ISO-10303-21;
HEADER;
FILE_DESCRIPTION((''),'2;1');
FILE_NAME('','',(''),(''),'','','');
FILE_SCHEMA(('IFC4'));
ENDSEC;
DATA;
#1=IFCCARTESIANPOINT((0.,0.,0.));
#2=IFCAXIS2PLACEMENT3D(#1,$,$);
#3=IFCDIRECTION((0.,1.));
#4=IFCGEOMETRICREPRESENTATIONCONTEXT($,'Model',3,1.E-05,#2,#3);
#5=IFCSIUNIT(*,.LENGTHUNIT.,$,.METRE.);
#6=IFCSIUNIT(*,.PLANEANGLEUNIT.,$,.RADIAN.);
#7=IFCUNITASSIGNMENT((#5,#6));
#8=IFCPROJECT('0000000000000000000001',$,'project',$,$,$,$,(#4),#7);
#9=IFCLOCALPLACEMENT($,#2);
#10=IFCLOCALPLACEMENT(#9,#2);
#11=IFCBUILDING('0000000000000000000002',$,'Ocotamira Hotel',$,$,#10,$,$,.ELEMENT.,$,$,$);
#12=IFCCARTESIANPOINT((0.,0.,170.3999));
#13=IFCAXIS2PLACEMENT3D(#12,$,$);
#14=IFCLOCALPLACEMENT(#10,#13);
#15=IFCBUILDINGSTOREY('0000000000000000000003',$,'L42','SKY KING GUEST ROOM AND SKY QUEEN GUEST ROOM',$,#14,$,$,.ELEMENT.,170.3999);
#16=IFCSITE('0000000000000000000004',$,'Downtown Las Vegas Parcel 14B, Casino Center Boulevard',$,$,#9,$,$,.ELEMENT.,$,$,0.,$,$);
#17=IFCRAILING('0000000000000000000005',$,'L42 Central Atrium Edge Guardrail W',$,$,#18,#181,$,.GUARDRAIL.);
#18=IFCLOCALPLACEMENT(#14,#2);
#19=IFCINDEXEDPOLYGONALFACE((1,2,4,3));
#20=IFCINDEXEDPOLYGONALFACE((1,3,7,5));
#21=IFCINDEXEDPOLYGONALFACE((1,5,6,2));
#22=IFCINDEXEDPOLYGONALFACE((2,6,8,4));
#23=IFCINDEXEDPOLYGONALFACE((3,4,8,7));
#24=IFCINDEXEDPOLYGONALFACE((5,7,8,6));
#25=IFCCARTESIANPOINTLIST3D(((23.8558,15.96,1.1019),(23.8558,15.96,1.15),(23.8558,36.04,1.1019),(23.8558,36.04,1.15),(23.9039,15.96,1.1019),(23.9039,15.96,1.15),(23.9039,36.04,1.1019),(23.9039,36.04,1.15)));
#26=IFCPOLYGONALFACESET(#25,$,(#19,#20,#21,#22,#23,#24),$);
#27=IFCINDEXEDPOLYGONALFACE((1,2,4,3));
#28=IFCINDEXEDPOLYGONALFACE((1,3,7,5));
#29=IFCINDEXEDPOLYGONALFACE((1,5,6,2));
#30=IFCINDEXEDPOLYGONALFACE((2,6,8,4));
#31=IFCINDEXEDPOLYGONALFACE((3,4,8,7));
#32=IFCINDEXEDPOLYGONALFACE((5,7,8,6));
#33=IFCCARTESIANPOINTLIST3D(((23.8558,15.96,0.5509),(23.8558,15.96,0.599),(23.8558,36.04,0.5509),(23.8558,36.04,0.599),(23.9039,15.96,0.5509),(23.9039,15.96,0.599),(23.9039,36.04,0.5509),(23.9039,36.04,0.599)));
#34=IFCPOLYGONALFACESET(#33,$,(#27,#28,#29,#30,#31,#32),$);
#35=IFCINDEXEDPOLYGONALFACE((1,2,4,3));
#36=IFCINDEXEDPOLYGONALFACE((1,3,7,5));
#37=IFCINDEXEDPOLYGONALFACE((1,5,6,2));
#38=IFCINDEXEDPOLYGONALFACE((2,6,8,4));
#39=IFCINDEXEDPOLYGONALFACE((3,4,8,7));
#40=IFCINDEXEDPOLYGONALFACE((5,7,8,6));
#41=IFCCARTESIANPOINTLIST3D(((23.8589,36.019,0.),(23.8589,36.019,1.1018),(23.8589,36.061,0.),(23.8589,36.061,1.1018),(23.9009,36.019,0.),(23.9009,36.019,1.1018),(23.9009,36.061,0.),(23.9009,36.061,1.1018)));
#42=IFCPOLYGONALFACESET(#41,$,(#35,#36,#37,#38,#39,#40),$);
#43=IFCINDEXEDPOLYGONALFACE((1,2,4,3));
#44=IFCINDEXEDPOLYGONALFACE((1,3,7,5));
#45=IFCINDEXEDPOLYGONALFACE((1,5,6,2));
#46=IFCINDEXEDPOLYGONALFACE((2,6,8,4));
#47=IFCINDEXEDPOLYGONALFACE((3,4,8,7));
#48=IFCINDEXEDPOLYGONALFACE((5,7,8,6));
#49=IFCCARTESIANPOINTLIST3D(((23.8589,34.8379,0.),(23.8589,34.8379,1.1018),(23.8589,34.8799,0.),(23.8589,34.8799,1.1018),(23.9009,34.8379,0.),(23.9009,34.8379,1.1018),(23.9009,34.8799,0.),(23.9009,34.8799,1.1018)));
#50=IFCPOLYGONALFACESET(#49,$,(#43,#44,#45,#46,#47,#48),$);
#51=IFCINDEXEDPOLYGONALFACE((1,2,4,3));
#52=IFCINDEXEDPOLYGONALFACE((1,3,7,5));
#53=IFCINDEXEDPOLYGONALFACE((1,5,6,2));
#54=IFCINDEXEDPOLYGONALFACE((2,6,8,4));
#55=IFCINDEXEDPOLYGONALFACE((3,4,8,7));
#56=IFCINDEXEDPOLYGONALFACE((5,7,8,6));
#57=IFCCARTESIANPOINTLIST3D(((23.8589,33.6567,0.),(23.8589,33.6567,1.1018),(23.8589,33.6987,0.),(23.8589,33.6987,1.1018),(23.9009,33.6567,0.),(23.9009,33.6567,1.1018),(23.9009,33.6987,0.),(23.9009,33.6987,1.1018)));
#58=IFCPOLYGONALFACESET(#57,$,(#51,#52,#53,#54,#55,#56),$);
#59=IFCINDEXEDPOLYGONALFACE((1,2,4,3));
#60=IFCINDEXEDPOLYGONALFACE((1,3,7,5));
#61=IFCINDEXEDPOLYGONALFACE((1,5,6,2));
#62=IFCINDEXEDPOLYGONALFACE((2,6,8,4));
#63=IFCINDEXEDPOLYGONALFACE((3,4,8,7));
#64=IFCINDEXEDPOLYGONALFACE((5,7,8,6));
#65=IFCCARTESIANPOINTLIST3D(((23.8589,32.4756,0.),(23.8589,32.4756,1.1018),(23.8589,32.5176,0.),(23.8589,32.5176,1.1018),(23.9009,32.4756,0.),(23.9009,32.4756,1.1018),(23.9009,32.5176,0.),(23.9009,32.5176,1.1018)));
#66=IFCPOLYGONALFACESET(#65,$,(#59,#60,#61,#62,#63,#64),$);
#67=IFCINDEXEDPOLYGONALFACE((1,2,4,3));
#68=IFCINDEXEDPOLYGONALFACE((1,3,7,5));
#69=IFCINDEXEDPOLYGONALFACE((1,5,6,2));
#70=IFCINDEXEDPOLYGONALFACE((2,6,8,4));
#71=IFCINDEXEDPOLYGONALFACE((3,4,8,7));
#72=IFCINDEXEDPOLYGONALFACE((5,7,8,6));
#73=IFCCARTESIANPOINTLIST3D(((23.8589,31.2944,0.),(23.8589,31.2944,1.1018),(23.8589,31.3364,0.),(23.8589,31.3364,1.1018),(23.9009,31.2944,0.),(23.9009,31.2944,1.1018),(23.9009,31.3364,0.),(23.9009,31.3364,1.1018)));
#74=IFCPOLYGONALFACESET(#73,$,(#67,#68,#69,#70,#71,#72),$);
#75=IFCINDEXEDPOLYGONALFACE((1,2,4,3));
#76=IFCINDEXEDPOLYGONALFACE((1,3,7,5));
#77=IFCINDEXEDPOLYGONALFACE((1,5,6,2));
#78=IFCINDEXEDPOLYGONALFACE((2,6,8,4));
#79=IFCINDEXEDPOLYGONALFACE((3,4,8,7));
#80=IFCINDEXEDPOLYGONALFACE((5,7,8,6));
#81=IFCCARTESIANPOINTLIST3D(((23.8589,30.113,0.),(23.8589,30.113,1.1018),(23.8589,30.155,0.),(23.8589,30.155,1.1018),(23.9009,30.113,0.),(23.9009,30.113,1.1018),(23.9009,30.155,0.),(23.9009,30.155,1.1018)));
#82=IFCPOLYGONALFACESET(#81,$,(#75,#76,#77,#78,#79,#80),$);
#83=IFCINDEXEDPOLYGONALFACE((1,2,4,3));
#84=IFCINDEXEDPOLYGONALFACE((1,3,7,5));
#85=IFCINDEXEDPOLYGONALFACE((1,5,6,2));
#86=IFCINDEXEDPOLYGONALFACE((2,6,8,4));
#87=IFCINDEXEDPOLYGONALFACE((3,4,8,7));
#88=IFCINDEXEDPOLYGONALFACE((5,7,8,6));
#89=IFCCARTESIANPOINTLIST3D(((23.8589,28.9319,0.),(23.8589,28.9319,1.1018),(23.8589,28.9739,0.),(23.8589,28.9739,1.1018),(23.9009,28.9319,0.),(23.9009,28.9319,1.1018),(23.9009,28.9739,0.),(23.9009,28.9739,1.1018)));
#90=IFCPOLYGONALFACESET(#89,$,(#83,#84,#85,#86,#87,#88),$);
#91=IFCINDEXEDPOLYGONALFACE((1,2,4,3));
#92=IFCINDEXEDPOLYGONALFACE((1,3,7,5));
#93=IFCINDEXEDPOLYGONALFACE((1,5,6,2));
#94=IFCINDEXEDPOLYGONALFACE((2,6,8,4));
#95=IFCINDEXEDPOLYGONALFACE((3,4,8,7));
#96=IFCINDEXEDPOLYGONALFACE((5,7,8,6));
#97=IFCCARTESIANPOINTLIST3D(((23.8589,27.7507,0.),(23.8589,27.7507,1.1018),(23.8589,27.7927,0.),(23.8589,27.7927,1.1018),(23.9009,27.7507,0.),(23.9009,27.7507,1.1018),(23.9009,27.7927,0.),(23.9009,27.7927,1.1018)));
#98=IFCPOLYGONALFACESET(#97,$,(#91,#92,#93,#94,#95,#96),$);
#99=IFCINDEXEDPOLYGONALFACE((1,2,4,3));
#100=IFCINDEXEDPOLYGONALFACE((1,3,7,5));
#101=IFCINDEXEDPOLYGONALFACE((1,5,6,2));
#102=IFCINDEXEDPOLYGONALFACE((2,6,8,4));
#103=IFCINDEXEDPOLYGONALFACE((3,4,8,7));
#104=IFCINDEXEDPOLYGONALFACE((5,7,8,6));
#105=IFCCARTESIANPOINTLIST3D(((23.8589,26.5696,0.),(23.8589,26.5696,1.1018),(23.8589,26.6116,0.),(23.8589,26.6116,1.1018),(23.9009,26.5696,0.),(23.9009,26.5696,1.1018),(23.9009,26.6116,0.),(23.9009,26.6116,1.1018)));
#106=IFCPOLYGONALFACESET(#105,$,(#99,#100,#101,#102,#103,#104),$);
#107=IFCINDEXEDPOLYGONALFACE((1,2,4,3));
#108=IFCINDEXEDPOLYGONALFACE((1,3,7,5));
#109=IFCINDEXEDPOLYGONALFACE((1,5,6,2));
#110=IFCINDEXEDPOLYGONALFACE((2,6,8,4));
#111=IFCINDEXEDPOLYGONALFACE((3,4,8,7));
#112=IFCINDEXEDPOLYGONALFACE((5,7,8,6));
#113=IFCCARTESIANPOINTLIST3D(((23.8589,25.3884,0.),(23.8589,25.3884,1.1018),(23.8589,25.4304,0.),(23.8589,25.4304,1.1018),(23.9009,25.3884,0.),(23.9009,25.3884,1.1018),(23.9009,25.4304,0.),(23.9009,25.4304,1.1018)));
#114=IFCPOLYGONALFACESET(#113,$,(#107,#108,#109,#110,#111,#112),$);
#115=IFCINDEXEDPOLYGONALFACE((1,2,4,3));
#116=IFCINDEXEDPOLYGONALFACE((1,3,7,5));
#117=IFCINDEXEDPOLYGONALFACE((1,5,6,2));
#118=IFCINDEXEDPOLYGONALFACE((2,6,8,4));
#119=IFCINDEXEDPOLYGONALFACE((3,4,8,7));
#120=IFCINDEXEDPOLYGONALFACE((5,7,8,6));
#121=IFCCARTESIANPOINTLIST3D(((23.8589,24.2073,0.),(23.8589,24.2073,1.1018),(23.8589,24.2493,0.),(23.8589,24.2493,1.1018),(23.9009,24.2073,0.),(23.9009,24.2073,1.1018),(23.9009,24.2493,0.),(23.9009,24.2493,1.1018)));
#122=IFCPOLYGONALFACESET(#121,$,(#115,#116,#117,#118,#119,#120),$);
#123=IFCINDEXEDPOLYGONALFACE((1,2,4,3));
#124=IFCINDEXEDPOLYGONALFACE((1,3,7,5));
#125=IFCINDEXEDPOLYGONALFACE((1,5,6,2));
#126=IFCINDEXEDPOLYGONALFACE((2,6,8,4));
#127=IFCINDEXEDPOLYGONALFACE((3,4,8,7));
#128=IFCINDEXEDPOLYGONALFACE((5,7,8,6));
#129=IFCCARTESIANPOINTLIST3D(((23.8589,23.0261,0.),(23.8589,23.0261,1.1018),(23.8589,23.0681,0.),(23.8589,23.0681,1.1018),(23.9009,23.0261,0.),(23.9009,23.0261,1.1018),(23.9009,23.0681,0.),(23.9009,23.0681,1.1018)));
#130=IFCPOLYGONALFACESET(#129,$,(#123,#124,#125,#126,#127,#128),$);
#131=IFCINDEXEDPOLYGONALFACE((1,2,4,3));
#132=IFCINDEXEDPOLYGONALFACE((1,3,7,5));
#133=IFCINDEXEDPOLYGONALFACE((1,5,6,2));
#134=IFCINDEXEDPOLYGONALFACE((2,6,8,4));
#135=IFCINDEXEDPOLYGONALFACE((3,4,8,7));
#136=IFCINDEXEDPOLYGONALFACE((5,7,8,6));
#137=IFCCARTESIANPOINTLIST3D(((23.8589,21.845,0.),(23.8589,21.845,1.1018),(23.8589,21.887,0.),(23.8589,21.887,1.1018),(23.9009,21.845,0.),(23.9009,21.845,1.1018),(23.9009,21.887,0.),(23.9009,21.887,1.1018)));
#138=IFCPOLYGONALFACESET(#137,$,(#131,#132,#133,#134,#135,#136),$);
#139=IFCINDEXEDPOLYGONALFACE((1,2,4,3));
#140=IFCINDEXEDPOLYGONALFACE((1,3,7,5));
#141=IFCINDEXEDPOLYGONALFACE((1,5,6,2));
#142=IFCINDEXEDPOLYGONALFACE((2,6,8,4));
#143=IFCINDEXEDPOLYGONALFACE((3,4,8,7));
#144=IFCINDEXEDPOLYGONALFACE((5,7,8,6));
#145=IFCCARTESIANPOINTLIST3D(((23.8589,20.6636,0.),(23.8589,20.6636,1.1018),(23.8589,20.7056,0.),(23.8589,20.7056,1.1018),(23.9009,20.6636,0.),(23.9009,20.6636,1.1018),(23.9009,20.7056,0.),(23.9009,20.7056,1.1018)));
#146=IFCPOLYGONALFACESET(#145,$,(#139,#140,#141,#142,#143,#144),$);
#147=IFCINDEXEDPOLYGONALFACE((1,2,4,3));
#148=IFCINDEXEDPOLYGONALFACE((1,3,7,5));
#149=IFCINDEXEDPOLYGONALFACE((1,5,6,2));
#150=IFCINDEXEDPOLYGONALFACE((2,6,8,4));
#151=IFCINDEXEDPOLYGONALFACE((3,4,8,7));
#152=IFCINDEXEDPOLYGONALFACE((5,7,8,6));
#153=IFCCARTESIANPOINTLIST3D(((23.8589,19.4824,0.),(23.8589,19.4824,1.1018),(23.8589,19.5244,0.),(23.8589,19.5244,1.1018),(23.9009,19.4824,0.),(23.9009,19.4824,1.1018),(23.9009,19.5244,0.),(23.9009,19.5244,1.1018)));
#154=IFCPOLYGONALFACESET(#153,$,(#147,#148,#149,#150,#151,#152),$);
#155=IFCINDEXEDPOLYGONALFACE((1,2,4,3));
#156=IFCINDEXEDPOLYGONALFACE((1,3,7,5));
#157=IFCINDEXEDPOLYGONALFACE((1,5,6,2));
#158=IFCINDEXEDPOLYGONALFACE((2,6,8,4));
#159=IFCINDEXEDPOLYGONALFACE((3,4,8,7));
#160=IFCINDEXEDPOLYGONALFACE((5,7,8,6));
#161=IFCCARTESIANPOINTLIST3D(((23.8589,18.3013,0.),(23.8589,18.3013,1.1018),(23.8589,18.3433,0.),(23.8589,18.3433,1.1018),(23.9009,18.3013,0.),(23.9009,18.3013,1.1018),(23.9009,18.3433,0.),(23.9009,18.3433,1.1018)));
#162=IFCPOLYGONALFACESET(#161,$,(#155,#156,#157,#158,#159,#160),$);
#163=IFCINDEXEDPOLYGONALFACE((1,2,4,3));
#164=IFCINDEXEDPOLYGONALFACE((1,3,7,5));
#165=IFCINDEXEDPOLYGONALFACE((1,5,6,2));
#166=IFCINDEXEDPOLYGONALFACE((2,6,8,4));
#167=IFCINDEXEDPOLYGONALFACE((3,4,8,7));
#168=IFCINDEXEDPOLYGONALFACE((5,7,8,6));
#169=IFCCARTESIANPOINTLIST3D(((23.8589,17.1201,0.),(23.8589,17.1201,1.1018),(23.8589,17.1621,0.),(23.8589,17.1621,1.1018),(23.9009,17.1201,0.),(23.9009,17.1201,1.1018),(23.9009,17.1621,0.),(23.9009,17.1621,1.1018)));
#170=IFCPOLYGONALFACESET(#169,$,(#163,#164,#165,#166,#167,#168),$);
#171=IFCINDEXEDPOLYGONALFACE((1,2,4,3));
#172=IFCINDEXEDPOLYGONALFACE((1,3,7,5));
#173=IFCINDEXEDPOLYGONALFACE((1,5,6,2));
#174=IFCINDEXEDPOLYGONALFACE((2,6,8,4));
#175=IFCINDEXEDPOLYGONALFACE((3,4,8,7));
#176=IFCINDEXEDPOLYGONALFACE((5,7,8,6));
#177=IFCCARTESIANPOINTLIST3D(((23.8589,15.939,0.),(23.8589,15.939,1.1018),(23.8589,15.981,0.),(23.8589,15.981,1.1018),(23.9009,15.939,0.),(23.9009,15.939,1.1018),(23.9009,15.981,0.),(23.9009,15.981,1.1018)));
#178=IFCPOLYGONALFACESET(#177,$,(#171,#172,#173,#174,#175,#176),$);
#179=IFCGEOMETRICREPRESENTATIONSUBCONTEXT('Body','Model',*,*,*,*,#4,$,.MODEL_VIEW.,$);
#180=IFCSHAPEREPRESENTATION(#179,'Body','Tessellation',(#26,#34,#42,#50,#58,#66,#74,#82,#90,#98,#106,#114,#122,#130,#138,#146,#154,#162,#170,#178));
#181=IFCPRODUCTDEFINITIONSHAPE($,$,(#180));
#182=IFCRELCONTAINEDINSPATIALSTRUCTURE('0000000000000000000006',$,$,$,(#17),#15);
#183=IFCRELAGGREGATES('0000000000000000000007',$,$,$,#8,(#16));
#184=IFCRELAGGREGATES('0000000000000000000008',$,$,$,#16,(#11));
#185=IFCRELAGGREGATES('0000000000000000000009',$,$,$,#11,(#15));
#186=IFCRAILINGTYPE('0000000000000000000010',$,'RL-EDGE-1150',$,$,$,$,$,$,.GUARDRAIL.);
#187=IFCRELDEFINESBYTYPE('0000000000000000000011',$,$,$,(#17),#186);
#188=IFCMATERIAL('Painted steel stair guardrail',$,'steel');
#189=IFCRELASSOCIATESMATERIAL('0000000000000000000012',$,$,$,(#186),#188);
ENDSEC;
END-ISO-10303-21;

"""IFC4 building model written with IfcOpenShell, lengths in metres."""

from ifc_helpers import new_model, si_unit, direction, frame, origin, origin_2d, place, context, subcontext, project, spatial, rectangle, extrude, material, type_object, element, save


model = new_model("IFC4")

# Units and contexts
model_context = context("Model", 3, precision=1e-05, world=origin(), true_north=direction((0.0, 1.0)))
body_context = subcontext(model_context, "Body", "Model", "MODEL_VIEW")
ifc_project = project(units=[si_unit("LENGTHUNIT", "METRE"), si_unit("PLANEANGLEUNIT", "RADIAN")], contexts=[model_context])

# Site, building, storey
site_placement = place(None, origin())
site = spatial("IfcSite", under=ifc_project, at=site_placement, Name="Downtown Las Vegas Parcel 14B, Casino Center Boulevard", CompositionType="ELEMENT", RefElevation=0.0)
building_placement = place(site_placement, origin())
building = spatial("IfcBuilding", under=site, at=building_placement, Name="Ocotamira Hotel", CompositionType="ELEMENT")
storey_placement = place(building_placement, frame((0.0, 0.0, 170.3999)))
storey = spatial("IfcBuildingStorey", under=building, at=storey_placement, Name="L42", Description="SKY KING GUEST ROOM AND SKY QUEEN GUEST ROOM", CompositionType="ELEMENT", Elevation=170.3999)

# Railing
ifc_material_1 = material(Name="Painted steel stair guardrail", Category="steel")
railing_type = type_object("IfcRailingType", Name="RL-EDGE-1150", PredefinedType="GUARDRAIL", material=ifc_material_1)
railing_placement = place(storey_placement, frame((23.8799, 36.04, 0.0)))
element("IfcRailing", 1, at=railing_placement, inside=storey, type_object=railing_type, Name="L42 Central Atrium Edge Guardrail W", PredefinedType="GUARDRAIL", context=body_context, shape_type="SweptSolid", body=[
    extrude(rectangle(XDim=0.0481, YDim=0.0481, at=origin_2d()), frame((0.0, 0.0, 1.126), z_axis=(0.0, -1.0, 0.0), x_axis=(1.0, 0.0, 0.0)), (0.0, 0.0, 1.0), 20.0801),
    extrude(rectangle(XDim=0.0481, YDim=0.0481, at=origin_2d()), frame((0.0, 0.0, 0.575), z_axis=(0.0, -1.0, 0.0), x_axis=(1.0, 0.0, 0.0)), (0.0, 0.0, 1.0), 20.0801),
    extrude(rectangle(XDim=0.042, YDim=0.042, at=origin_2d()), origin(), (0.0, 0.0, 1.0), 1.1018),
    extrude(rectangle(XDim=0.042, YDim=0.042, at=origin_2d()), frame((0.0, -1.1812, 0.0)), (0.0, 0.0, 1.0), 1.1018),
    extrude(rectangle(XDim=0.042, YDim=0.042, at=origin_2d()), frame((0.0, -2.3623, 0.0)), (0.0, 0.0, 1.0), 1.1018),
    extrude(rectangle(XDim=0.042, YDim=0.042, at=origin_2d()), frame((0.0, -3.5435, 0.0)), (0.0, 0.0, 1.0), 1.1018),
    extrude(rectangle(XDim=0.042, YDim=0.042, at=origin_2d()), frame((0.0, -4.7246, 0.0)), (0.0, 0.0, 1.0), 1.1018),
    extrude(rectangle(XDim=0.042, YDim=0.042, at=origin_2d()), frame((0.0, -5.906, 0.0)), (0.0, 0.0, 1.0), 1.1018),
    extrude(rectangle(XDim=0.042, YDim=0.042, at=origin_2d()), frame((0.0, -7.0872, 0.0)), (0.0, 0.0, 1.0), 1.1018),
    extrude(rectangle(XDim=0.042, YDim=0.042, at=origin_2d()), frame((0.0, -8.2683, 0.0)), (0.0, 0.0, 1.0), 1.1018),
    extrude(rectangle(XDim=0.042, YDim=0.042, at=origin_2d()), frame((0.0, -9.4495, 0.0)), (0.0, 0.0, 1.0), 1.1018),
    extrude(rectangle(XDim=0.042, YDim=0.042, at=origin_2d()), frame((0.0, -10.6306, 0.0)), (0.0, 0.0, 1.0), 1.1018),
    extrude(rectangle(XDim=0.042, YDim=0.042, at=origin_2d()), frame((0.0, -11.8118, 0.0)), (0.0, 0.0, 1.0), 1.1018),
    extrude(rectangle(XDim=0.042, YDim=0.042, at=origin_2d()), frame((0.0, -12.9929, 0.0)), (0.0, 0.0, 1.0), 1.1018),
    extrude(rectangle(XDim=0.042, YDim=0.042, at=origin_2d()), frame((0.0, -14.1741, 0.0)), (0.0, 0.0, 1.0), 1.1018),
    extrude(rectangle(XDim=0.042, YDim=0.042, at=origin_2d()), frame((0.0, -15.3555, 0.0)), (0.0, 0.0, 1.0), 1.1018),
    extrude(rectangle(XDim=0.042, YDim=0.042, at=origin_2d()), frame((0.0, -16.5366, 0.0)), (0.0, 0.0, 1.0), 1.1018),
    extrude(rectangle(XDim=0.042, YDim=0.042, at=origin_2d()), frame((0.0, -17.7178, 0.0)), (0.0, 0.0, 1.0), 1.1018),
    extrude(rectangle(XDim=0.042, YDim=0.042, at=origin_2d()), frame((0.0, -18.8989, 0.0)), (0.0, 0.0, 1.0), 1.1018),
    extrude(rectangle(XDim=0.042, YDim=0.042, at=origin_2d()), frame((0.0, -20.0801, 0.0)), (0.0, 0.0, 1.0), 1.1018),
])

save(model, "model.ifc")
